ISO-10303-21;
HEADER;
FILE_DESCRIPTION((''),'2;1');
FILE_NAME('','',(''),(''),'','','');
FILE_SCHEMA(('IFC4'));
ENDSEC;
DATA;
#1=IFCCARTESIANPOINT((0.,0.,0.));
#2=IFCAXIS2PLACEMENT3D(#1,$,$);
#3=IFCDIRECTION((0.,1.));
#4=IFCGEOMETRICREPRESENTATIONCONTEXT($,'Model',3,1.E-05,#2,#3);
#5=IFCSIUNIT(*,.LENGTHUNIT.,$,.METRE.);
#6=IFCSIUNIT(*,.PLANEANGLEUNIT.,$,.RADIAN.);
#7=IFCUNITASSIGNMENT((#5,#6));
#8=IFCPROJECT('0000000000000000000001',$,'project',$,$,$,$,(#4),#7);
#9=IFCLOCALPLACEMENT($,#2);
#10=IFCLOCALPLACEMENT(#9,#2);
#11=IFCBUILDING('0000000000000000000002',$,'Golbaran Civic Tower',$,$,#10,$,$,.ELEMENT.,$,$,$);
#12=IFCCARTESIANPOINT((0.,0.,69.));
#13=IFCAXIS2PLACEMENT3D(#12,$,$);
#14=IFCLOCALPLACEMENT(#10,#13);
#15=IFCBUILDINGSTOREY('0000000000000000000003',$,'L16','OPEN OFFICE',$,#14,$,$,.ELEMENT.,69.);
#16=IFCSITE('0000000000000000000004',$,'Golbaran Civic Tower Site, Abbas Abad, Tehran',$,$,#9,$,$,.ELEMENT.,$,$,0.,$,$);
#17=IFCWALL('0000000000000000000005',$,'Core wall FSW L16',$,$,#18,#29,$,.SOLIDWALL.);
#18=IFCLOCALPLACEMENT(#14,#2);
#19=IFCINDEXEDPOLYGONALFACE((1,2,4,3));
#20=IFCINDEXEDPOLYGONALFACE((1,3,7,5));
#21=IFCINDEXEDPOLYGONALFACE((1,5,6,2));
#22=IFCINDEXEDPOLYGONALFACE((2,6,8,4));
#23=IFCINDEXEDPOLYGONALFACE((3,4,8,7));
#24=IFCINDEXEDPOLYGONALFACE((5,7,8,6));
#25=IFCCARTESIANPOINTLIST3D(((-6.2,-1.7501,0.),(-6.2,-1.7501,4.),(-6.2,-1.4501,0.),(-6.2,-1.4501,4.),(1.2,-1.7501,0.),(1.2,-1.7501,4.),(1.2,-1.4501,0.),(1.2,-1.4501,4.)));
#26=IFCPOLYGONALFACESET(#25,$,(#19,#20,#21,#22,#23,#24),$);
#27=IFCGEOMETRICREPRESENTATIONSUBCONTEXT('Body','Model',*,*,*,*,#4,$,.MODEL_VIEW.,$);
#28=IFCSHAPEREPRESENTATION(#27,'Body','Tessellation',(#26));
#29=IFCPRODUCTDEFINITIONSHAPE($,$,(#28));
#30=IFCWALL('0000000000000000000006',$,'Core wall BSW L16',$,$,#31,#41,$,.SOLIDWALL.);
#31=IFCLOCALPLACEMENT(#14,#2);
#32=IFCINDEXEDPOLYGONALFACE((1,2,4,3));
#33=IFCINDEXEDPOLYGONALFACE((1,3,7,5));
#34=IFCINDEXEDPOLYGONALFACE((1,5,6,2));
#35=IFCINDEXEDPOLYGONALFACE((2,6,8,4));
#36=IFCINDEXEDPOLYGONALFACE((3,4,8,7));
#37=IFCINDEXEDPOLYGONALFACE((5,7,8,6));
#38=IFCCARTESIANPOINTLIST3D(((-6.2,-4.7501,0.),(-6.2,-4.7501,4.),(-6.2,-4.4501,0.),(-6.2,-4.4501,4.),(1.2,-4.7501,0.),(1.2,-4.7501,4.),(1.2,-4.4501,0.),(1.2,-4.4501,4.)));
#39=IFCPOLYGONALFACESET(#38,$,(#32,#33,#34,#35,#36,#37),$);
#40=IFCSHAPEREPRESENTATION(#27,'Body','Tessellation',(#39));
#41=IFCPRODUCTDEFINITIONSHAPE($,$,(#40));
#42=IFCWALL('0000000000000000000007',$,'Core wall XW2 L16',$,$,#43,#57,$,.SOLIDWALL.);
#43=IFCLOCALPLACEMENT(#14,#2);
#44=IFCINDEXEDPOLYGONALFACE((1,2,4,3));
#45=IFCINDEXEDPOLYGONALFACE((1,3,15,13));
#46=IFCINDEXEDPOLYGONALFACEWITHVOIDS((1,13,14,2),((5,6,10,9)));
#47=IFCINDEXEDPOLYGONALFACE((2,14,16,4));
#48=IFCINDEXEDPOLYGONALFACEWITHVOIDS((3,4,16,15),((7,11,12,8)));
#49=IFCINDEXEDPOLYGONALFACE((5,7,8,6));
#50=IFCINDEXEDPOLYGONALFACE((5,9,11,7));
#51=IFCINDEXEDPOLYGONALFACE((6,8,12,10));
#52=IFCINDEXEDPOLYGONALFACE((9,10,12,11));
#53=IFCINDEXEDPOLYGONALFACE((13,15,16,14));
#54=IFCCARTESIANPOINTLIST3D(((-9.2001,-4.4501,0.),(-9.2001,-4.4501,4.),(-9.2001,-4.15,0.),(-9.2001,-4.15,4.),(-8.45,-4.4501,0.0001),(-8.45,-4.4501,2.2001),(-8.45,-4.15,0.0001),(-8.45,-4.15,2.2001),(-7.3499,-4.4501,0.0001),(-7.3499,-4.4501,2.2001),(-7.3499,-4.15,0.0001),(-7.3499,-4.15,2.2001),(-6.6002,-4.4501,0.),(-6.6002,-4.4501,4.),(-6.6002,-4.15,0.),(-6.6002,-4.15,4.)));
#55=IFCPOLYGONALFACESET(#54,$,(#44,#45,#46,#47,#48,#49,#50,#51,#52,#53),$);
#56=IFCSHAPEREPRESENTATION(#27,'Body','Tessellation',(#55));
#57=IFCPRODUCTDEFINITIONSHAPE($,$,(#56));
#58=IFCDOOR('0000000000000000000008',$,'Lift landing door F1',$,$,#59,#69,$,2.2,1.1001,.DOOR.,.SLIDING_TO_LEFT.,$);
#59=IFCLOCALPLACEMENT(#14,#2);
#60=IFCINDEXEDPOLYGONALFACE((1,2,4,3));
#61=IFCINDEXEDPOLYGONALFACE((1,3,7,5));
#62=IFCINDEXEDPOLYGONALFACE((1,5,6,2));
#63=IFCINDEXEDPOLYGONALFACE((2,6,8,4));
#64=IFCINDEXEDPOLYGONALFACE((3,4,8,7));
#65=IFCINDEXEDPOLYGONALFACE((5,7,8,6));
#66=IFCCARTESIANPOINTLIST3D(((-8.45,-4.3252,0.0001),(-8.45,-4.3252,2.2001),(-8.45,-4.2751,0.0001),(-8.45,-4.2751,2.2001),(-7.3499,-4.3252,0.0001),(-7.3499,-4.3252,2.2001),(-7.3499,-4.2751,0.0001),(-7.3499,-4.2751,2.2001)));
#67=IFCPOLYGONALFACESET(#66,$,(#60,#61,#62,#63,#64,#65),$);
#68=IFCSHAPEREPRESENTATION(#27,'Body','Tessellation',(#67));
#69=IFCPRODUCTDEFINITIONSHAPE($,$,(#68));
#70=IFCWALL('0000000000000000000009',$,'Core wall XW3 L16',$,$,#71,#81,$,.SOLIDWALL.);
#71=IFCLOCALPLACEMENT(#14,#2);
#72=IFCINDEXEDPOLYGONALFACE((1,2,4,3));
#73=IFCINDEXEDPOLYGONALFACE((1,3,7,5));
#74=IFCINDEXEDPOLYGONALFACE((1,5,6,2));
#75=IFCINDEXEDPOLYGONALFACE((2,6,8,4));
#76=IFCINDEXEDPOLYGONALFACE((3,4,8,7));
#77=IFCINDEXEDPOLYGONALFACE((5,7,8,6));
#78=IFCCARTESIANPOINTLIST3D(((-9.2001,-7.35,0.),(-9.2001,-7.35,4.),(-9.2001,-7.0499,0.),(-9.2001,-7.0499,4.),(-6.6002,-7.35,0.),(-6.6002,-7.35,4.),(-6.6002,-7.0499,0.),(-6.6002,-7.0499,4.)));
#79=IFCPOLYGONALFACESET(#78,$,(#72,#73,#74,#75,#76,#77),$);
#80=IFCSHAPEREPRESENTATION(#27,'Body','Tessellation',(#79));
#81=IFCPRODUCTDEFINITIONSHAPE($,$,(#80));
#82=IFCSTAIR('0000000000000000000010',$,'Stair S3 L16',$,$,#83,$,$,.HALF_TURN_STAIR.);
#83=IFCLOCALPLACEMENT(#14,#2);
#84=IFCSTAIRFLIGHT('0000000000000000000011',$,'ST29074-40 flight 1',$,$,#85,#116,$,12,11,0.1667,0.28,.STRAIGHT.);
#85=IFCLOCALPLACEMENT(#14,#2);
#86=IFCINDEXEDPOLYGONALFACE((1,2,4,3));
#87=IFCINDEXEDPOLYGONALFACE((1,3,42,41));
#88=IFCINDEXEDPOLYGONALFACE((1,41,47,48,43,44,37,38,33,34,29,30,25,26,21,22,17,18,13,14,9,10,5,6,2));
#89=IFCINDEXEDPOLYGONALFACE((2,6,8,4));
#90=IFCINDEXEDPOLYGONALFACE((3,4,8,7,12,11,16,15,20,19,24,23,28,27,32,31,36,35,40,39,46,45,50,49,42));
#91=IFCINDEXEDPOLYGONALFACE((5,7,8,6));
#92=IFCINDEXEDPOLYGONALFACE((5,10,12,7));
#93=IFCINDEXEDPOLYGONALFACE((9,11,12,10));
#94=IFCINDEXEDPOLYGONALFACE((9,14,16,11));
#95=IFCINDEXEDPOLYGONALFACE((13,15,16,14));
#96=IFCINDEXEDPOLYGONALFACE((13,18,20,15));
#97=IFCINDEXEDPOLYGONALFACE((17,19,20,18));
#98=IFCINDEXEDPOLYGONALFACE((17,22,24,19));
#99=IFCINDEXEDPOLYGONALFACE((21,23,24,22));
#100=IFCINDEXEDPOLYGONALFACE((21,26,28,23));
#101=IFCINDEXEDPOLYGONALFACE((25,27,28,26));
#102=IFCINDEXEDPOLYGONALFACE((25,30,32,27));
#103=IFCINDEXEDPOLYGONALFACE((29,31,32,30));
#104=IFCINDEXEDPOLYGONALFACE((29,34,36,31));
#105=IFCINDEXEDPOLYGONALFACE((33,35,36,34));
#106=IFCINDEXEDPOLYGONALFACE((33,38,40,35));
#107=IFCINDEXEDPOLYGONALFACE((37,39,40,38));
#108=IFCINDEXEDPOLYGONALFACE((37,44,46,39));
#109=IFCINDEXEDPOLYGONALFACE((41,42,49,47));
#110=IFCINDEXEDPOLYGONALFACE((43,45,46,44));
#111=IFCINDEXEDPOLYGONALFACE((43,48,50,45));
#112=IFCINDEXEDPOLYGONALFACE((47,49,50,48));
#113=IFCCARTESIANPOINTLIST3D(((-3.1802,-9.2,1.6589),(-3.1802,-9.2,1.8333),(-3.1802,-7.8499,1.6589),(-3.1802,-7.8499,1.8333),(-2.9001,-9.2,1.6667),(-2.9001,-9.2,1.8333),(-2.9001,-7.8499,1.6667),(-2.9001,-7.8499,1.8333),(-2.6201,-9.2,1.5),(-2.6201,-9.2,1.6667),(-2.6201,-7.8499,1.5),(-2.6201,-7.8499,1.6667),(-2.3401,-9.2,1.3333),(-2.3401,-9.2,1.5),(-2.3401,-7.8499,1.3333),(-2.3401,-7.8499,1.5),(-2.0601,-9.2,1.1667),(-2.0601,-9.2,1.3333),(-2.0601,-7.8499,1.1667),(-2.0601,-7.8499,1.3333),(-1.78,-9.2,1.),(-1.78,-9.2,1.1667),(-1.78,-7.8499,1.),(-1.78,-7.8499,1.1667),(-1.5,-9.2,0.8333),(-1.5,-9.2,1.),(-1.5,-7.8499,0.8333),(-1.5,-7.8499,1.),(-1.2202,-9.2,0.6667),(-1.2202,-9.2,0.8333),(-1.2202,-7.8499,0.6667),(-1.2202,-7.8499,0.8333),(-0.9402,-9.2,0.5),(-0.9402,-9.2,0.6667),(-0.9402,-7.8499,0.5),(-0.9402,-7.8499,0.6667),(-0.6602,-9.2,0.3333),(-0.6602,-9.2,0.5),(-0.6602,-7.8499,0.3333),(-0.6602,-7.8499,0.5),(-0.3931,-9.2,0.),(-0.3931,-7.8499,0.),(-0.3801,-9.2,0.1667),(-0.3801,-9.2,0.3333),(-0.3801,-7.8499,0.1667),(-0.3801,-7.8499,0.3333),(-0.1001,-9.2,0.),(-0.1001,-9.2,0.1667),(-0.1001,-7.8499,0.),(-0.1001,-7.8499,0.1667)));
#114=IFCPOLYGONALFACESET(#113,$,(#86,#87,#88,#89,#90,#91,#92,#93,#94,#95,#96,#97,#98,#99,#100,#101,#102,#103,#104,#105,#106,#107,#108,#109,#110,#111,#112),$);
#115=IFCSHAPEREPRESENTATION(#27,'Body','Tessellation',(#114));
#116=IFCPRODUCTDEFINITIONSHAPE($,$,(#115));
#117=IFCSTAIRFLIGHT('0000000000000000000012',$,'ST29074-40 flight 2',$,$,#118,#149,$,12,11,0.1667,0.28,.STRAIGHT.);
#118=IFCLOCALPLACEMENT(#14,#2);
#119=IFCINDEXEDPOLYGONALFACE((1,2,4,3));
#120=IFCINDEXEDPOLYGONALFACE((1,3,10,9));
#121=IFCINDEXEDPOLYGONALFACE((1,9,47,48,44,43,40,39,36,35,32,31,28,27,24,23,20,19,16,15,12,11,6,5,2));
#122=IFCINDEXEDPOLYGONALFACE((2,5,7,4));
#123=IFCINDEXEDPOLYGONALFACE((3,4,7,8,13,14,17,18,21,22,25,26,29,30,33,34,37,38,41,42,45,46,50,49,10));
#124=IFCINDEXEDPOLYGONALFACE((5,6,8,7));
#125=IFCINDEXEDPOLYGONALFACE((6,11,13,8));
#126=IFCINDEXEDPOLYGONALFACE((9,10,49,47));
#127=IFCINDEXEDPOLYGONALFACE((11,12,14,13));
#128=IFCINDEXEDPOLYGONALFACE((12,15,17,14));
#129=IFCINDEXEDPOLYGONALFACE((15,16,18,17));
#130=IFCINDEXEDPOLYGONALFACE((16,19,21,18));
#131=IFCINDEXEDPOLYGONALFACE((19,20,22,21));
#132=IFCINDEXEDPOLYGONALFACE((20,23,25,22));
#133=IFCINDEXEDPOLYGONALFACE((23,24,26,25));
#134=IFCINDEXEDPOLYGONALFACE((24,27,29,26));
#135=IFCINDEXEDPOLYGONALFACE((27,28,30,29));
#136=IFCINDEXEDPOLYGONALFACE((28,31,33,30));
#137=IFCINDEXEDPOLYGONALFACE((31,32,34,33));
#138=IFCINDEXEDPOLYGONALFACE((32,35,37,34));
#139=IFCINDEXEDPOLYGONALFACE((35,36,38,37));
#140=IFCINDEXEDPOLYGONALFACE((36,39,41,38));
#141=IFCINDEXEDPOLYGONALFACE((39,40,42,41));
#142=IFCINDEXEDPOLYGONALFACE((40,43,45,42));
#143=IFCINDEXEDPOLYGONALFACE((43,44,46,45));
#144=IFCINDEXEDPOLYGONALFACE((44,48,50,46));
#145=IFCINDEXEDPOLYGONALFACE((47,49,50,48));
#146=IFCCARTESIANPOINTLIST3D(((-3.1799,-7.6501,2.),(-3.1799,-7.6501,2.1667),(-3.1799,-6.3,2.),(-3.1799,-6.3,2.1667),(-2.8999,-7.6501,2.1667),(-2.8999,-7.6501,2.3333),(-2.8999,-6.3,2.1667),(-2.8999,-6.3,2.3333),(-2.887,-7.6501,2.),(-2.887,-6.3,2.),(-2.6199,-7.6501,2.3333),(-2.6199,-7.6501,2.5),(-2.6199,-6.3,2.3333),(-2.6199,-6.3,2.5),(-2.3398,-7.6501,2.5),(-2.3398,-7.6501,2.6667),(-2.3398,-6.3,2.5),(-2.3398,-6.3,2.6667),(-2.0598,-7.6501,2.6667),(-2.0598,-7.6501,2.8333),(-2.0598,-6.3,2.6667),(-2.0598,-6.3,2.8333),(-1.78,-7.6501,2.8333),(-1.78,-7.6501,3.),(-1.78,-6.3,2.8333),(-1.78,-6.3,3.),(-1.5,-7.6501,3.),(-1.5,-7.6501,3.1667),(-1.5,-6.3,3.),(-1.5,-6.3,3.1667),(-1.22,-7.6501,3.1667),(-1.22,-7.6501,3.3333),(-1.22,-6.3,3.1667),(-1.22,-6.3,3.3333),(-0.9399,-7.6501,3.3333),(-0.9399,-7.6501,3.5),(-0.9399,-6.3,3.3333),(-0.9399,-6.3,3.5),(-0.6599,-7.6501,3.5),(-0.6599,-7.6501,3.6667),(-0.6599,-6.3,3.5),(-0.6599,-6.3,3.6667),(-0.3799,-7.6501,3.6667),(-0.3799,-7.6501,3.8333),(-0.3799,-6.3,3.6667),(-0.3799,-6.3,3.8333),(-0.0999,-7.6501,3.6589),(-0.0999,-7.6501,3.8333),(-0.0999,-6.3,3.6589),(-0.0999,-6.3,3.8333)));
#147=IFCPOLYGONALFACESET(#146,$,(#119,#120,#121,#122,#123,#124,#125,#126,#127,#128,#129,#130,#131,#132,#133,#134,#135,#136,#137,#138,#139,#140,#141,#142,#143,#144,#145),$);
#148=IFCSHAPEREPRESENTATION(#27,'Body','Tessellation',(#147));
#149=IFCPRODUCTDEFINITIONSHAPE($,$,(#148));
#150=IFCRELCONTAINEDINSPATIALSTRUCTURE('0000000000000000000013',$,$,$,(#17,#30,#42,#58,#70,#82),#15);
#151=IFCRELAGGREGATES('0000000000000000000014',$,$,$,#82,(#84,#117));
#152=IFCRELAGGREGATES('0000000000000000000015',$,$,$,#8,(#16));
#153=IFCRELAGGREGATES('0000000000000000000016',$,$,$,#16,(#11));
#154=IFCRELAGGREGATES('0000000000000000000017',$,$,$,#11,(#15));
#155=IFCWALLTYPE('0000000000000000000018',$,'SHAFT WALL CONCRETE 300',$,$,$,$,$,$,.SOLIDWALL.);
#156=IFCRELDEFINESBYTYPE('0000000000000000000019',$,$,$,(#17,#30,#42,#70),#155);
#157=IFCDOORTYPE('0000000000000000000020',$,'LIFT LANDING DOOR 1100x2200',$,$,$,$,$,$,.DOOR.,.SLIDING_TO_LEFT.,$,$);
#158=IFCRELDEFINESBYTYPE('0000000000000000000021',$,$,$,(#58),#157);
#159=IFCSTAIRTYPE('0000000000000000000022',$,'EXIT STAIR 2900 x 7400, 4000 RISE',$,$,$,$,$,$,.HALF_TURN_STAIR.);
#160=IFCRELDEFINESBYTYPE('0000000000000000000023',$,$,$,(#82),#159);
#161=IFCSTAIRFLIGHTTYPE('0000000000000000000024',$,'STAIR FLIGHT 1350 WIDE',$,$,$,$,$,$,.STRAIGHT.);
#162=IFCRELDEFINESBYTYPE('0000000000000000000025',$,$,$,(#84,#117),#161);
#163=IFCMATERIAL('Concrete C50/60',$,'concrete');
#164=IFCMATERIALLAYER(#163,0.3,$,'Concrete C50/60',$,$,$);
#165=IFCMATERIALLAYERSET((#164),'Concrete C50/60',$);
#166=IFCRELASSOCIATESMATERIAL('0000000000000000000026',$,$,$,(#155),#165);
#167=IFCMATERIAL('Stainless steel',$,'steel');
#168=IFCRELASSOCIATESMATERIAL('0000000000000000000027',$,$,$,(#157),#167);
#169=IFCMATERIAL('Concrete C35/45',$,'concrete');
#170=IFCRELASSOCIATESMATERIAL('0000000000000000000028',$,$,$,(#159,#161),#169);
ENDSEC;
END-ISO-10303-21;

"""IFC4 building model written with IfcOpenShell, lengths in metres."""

from ifc_helpers import new_model, si_unit, direction, frame, frame_2d, origin, place, context, subcontext, project, spatial, polyline, rectangle, outline, extrude, material, layer, layer_set, type_object, element, fill, aggregate, save


model = new_model("IFC4")

# Units and contexts
model_context = context("Model", 3, precision=1e-05, world=origin(), true_north=direction((0.0, 1.0)))
body_context = subcontext(model_context, "Body", "Model", "MODEL_VIEW")
ifc_project = project(units=[si_unit("LENGTHUNIT", "METRE"), si_unit("PLANEANGLEUNIT", "RADIAN")], contexts=[model_context])

# Site, building, storey
site_placement = place(None, origin())
site = spatial("IfcSite", under=ifc_project, at=site_placement, Name="Golbaran Civic Tower Site, Abbas Abad, Tehran", CompositionType="ELEMENT", RefElevation=0.0)
building_placement = place(site_placement, origin())
building = spatial("IfcBuilding", under=site, at=building_placement, Name="Golbaran Civic Tower", CompositionType="ELEMENT")
storey_placement = place(building_placement, frame((0.0, 0.0, 69.0)))
storey = spatial("IfcBuildingStorey", under=building, at=storey_placement, Name="L16", Description="OPEN OFFICE", CompositionType="ELEMENT", Elevation=69.0)

# Shared definitions
ifc_material_1 = material(Name="Concrete C35/45", Category="concrete")

# Walls
ifc_material_2 = material(Name="Concrete C50/60", Category="concrete")
ifc_layer_1 = layer(ifc_material_2, 0.3, Name="Concrete C50/60")
ifc_layer_set_1 = layer_set([ifc_layer_1], Name="Concrete C50/60")
wall_type_1 = type_object("IfcWallType", Name="SHAFT WALL CONCRETE 300", PredefinedType="SOLIDWALL", material=ifc_layer_set_1)
for number, where, z_axis, x_axis, name in (
    (1, (-6.2, -1.6001, 0.0), (0.0, 0.0, 1.0), (1.0, 0.0, 0.0), "Core wall FSW L16"),
    (2, (-6.2, -4.6001, 0.0), (0.0, 0.0, 1.0), (1.0, 0.0, 0.0), "Core wall BSW L16"),
):
    element("IfcWall", number, at=place(storey_placement, frame(where, z_axis=z_axis, x_axis=x_axis)), inside=storey, type_object=wall_type_1, Name=name, PredefinedType="SOLIDWALL", context=body_context, shape_type="SweptSolid", body=[
        extrude(rectangle(XDim=7.3999, YDim=0.3, at=frame_2d((3.7, 0.0))), origin(), (0.0, 0.0, 1.0), 4.0),
    ])

# Wall, opening, door
wall_1_placement = place(storey_placement, frame((-9.2, -4.3, 0.0), z_axis=(0.0, 0.0, 1.0), x_axis=(1.0, 0.0, 0.0)))
wall_1 = element("IfcWall", 3, at=wall_1_placement, inside=storey, type_object=wall_type_1, Name="Core wall XW2 L16", PredefinedType="SOLIDWALL", context=body_context, shape_type="SweptSolid", body=[
    extrude(rectangle(XDim=2.5999, YDim=0.3, at=frame_2d((1.2998, 0.0))), origin(), (0.0, 0.0, 1.0), 4.0),
])
opening_placement = place(wall_1_placement, frame((0.75, 0.0, 0.0)))
opening = element("IfcOpeningElement", 4, at=opening_placement, cuts=wall_1, PredefinedType="OPENING", context=body_context, shape_type="SweptSolid", body=[
    extrude(rectangle(XDim=1.1001, YDim=2.2, at=frame_2d((0.55, 1.1001))), frame((0.0, 0.1599, 0.0), z_axis=(0.0, -1.0, 0.0), x_axis=(1.0, 0.0, 0.0)), (0.0, 0.0, 1.0), 0.3201),
])
ifc_material_3 = material(Name="Stainless steel", Category="steel")
door_type = type_object("IfcDoorType", Name="LIFT LANDING DOOR 1100x2200", OperationType="SLIDING_TO_LEFT", PredefinedType="DOOR", material=ifc_material_3)
door_placement = place(opening_placement, origin())
door = element("IfcDoor", 5, at=door_placement, inside=storey, type_object=door_type, Name="Lift landing door F1", OperationType="SLIDING_TO_LEFT", OverallHeight=2.2, OverallWidth=1.1001, PredefinedType="DOOR", context=body_context, shape_type="SweptSolid", body=[
    extrude(rectangle(XDim=1.1001, YDim=2.2, at=frame_2d((0.55, 1.1001))), frame((0.0, 0.0249, 0.0), z_axis=(0.0, -1.0, 0.0), x_axis=(1.0, 0.0, 0.0)), (0.0, 0.0, 1.0), 0.05),
])
fill(opening, door)

# Wall
wall_2_placement = place(storey_placement, frame((-9.2, -7.2, 0.0), z_axis=(0.0, 0.0, 1.0), x_axis=(1.0, 0.0, 0.0)))
element("IfcWall", 6, at=wall_2_placement, inside=storey, type_object=wall_type_1, Name="Core wall XW3 L16", PredefinedType="SOLIDWALL", context=body_context, shape_type="SweptSolid", body=[
    extrude(rectangle(XDim=2.5999, YDim=0.3, at=frame_2d((1.2998, 0.0))), origin(), (0.0, 0.0, 1.0), 4.0),
])

# Stair, stair flights
stair_type = type_object("IfcStairType", Name="EXIT STAIR 2900 x 7400, 4000 RISE", PredefinedType="HALF_TURN_STAIR", material=ifc_material_1)
stair_placement = place(storey_placement, origin())
stair = element("IfcStair", 7, at=stair_placement, inside=storey, type_object=stair_type, Name="Stair S3 L16", PredefinedType="HALF_TURN_STAIR")
stair_flight_type = type_object("IfcStairFlightType", Name="STAIR FLIGHT 1350 WIDE", PredefinedType="STRAIGHT", material=ifc_material_1)
stair_flight_1_placement = place(storey_placement, frame((-0.1001, -8.5249, 0.0), z_axis=(0.0, 0.0, 1.0), x_axis=(-1.0, 0.0, 0.0)))
stair_flight_1 = element("IfcStairFlight", 8, at=stair_flight_1_placement, type_object=stair_flight_type, Name="ST29074-40 flight 1", NumberOfRisers=12, NumberOfTreads=11, PredefinedType="STRAIGHT", RiserHeight=0.1667, TreadLength=0.28, context=body_context, shape_type="SweptSolid", body=[
    extrude(outline(polyline([(0.0, 0.0), (0.0, 0.1667), (0.28, 0.1667), (0.28, 0.3333), (0.5601, 0.3333), (0.5601, 0.5), (0.8401, 0.5), (0.8401, 0.6667), (1.1201, 0.6667), (1.1201, 0.8333), (1.3999, 0.8333), (1.3999, 1.0), (1.6799, 1.0), (1.6799, 1.1667), (1.96, 1.1667), (1.96, 1.3333), (2.24, 1.3333), (2.24, 1.5), (2.52, 1.5), (2.52, 1.6667), (2.8, 1.6667), (2.8, 1.8333), (3.0801, 1.8333), (3.0801, 2.0), (3.0801, 1.6589), (0.293, 0.0), (0.0, 0.0)])), frame((0.0, 0.675, 0.0), z_axis=(0.0, -1.0, 0.0), x_axis=(1.0, 0.0, 0.0)), (0.0, 0.0, 1.0), 1.3501),
])
stair_flight_2_placement = place(storey_placement, frame((-3.1799, -6.9751, 2.0), z_axis=(0.0, 0.0, 1.0), x_axis=(1.0, 0.0, 0.0)))
stair_flight_2 = element("IfcStairFlight", 9, at=stair_flight_2_placement, type_object=stair_flight_type, Name="ST29074-40 flight 2", NumberOfRisers=12, NumberOfTreads=11, PredefinedType="STRAIGHT", RiserHeight=0.1667, TreadLength=0.28, context=body_context, shape_type="SweptSolid", body=[
    extrude(outline(polyline([(0.0, 0.0), (0.0, 0.1667), (0.28, 0.1667), (0.28, 0.3333), (0.5601, 0.3333), (0.5601, 0.5), (0.8401, 0.5), (0.8401, 0.6667), (1.1201, 0.6667), (1.1201, 0.8333), (1.3999, 0.8333), (1.3999, 1.0), (1.6799, 1.0), (1.6799, 1.1667), (1.96, 1.1667), (1.96, 1.3333), (2.24, 1.3333), (2.24, 1.5), (2.52, 1.5), (2.52, 1.6667), (2.8, 1.6667), (2.8, 1.8333), (3.0801, 1.8333), (3.0801, 2.0), (3.0801, 1.6589), (0.293, 0.0), (0.0, 0.0)])), frame((0.0, 0.675, 0.0), z_axis=(0.0, -1.0, 0.0), x_axis=(1.0, 0.0, 0.0)), (0.0, 0.0, 1.0), 1.3501),
])
aggregate(stair, [stair_flight_1, stair_flight_2])

save(model, "model.ifc")
